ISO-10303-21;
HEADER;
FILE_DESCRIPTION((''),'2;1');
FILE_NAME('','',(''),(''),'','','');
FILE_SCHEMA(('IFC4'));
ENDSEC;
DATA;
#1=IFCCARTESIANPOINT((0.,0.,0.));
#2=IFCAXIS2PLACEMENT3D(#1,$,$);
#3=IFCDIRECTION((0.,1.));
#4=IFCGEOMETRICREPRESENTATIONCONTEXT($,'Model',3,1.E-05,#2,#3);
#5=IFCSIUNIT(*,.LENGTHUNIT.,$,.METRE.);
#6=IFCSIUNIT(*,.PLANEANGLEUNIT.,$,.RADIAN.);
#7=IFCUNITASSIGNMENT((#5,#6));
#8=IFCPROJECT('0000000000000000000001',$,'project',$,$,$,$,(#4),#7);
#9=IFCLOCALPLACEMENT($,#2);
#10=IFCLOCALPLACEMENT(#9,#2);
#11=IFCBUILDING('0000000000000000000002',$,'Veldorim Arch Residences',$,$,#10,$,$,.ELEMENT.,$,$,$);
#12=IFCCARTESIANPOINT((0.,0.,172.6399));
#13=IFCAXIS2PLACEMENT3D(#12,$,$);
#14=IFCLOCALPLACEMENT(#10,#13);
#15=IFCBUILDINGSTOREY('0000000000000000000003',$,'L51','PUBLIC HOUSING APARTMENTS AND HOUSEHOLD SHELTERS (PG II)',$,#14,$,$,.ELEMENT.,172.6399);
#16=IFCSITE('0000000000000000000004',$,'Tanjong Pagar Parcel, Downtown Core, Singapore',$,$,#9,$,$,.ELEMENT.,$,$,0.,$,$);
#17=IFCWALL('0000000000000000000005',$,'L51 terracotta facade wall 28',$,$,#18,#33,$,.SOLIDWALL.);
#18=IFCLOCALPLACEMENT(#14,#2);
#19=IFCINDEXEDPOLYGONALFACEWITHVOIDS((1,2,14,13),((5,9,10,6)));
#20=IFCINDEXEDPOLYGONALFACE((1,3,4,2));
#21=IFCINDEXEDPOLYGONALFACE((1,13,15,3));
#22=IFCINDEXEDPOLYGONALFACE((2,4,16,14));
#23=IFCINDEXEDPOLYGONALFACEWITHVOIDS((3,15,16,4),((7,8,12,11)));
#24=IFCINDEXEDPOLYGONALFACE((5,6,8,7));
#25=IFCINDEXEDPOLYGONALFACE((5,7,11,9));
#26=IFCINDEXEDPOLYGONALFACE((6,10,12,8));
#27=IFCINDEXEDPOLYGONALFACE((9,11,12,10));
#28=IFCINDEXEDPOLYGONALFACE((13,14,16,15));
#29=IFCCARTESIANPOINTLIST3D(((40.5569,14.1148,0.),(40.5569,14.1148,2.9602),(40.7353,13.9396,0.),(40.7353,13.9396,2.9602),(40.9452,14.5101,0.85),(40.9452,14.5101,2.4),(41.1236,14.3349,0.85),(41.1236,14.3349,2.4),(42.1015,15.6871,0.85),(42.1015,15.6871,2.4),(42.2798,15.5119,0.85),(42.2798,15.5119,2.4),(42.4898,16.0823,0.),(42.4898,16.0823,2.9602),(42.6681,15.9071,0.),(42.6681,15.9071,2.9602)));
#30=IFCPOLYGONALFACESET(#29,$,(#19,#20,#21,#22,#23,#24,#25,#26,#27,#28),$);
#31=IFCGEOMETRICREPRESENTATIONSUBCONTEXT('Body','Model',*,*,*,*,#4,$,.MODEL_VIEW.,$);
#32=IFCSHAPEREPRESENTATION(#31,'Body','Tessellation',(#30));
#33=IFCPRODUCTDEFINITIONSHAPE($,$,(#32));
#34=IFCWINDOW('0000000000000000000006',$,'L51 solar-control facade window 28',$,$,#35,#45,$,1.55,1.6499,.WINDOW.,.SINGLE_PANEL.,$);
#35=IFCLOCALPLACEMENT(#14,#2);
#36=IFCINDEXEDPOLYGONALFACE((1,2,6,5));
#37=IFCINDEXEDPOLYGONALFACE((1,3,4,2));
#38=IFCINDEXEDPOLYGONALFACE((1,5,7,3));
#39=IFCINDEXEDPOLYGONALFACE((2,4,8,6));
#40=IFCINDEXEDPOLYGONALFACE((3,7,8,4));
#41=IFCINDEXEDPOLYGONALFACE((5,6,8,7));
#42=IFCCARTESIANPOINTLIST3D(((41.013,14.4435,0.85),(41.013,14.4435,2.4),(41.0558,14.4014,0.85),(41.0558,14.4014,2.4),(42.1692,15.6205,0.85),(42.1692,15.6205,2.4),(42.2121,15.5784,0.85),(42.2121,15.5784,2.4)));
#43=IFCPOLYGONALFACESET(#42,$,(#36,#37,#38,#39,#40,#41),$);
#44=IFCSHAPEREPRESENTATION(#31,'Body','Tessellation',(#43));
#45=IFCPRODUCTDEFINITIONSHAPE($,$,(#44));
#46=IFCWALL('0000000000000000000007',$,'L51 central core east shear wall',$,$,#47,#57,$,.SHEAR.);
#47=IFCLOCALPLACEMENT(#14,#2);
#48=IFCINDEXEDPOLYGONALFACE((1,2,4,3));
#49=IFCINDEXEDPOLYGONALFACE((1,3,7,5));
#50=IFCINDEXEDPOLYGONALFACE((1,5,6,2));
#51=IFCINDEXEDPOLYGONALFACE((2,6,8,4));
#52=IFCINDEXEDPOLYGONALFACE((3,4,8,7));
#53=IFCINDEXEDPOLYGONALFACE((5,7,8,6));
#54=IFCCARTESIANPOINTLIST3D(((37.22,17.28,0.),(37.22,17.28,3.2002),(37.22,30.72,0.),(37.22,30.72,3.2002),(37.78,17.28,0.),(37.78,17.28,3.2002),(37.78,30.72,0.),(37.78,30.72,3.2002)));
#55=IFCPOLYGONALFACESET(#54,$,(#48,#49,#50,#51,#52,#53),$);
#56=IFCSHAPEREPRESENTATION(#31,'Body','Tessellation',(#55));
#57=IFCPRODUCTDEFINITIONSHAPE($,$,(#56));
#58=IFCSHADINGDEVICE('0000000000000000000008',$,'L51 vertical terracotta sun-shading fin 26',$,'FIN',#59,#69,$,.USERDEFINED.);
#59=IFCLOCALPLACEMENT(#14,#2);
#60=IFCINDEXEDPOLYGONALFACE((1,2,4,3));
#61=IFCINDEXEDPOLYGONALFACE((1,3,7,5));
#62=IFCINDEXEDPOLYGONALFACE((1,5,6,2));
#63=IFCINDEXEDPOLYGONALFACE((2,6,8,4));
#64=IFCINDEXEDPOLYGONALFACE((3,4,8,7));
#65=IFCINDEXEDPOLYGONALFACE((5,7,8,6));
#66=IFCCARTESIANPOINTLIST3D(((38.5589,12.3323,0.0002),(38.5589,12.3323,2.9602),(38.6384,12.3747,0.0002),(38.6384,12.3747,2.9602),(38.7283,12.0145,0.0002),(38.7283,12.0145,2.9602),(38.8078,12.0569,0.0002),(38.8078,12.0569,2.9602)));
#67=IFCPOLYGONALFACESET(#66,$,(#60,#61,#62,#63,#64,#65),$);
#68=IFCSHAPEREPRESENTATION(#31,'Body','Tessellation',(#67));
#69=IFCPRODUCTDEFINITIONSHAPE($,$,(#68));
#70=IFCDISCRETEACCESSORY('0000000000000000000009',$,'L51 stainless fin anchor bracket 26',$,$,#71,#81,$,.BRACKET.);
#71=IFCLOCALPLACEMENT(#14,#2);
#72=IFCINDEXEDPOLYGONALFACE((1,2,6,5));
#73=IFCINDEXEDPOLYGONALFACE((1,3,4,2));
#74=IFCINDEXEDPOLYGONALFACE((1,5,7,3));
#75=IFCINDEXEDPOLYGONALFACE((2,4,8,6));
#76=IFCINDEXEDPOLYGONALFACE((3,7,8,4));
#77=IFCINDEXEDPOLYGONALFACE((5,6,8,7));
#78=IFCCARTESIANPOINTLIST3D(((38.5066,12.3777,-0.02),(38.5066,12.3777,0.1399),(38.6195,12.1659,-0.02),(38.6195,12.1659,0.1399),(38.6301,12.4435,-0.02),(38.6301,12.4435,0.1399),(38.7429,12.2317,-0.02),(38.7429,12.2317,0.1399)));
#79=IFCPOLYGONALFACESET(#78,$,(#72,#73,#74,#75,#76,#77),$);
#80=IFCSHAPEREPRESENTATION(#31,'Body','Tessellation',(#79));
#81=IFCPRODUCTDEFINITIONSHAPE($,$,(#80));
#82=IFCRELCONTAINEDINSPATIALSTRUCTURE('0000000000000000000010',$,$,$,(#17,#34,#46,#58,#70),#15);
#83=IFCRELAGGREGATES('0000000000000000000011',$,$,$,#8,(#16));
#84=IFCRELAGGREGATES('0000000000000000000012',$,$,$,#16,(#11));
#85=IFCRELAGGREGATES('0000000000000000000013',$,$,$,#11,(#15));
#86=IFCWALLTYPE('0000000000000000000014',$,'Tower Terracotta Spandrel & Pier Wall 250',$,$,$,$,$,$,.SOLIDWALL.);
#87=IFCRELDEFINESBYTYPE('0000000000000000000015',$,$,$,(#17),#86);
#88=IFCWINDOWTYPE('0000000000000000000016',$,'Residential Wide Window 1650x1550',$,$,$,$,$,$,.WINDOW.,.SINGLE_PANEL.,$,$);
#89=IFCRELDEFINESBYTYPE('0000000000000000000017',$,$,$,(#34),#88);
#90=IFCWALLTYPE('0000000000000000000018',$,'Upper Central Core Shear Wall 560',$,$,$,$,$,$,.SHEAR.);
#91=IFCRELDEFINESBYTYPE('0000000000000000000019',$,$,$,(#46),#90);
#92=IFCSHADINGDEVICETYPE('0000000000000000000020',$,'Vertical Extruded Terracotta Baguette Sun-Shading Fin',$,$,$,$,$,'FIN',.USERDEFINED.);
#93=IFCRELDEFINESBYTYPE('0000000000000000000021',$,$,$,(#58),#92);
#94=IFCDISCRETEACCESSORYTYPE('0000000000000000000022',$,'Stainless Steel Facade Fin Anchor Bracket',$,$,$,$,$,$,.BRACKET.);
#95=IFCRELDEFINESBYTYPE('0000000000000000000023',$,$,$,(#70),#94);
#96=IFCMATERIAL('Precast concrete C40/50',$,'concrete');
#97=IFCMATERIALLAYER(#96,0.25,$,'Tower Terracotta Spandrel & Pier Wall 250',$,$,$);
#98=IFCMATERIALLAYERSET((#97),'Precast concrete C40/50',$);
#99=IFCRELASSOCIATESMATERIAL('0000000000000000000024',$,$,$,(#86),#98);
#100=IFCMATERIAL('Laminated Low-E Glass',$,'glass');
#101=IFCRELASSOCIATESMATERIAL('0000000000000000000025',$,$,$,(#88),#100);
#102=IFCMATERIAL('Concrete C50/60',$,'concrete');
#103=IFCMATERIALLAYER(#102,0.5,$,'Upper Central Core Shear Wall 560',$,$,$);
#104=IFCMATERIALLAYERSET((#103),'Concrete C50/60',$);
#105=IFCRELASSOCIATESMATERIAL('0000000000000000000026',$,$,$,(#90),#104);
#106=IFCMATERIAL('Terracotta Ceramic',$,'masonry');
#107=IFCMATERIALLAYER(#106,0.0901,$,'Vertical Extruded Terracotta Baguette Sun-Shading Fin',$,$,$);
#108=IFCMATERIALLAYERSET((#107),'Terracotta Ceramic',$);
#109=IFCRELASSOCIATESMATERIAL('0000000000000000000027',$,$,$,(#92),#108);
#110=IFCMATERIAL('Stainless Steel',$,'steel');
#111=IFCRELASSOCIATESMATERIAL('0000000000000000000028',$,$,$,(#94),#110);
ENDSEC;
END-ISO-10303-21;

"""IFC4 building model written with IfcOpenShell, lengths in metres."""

from ifc_helpers import new_model, si_unit, direction, frame, frame_2d, origin, origin_2d, place, context, subcontext, project, spatial, rectangle, extrude, material, layer, layer_set, type_object, element, fill, save


model = new_model("IFC4")

# Units and contexts
model_context = context("Model", 3, precision=1e-05, world=origin(), true_north=direction((0.0, 1.0)))
body_context = subcontext(model_context, "Body", "Model", "MODEL_VIEW")
ifc_project = project(units=[si_unit("LENGTHUNIT", "METRE"), si_unit("PLANEANGLEUNIT", "RADIAN")], contexts=[model_context])

# Site, building, storey
site_placement = place(None, origin())
site = spatial("IfcSite", under=ifc_project, at=site_placement, Name="Tanjong Pagar Parcel, Downtown Core, Singapore", CompositionType="ELEMENT", RefElevation=0.0)
building_placement = place(site_placement, origin())
building = spatial("IfcBuilding", under=site, at=building_placement, Name="Veldorim Arch Residences", CompositionType="ELEMENT")
storey_placement = place(building_placement, frame((0.0, 0.0, 172.6399)))
storey = spatial("IfcBuildingStorey", under=building, at=storey_placement, Name="L51", Description="PUBLIC HOUSING APARTMENTS AND HOUSEHOLD SHELTERS (PG II)", CompositionType="ELEMENT", Elevation=172.6399)

# Shared definitions
ifc_material_1 = material(Name="Precast concrete C40/50", Category="concrete")
ifc_layer_1 = layer(ifc_material_1, 0.25, Name="Tower Terracotta Spandrel & Pier Wall 250")
ifc_layer_set_1 = layer_set([ifc_layer_1], Name="Precast concrete C40/50")
wall_type_1 = type_object("IfcWallType", Name="Tower Terracotta Spandrel & Pier Wall 250", PredefinedType="SOLIDWALL", material=ifc_layer_set_1)

# Wall, opening, window
wall_1_placement = place(storey_placement, frame((42.5789, 15.9946, 0.0), z_axis=(0.0, 0.0, 1.0), x_axis=(-0.700794, -0.713364, 0.0)))
wall_1 = element("IfcWall", 1, at=wall_1_placement, inside=storey, type_object=wall_type_1, Name="L51 terracotta facade wall 28", PredefinedType="SOLIDWALL", context=body_context, shape_type="SweptSolid", body=[
    extrude(rectangle(XDim=2.7581, YDim=0.25, at=frame_2d((1.3789, 0.0))), origin(), (0.0, 0.0, 1.0), 2.9602),
])
opening_1_placement = place(wall_1_placement, frame((0.554, 0.0, 0.8501)))
opening_1 = element("IfcOpeningElement", 2, at=opening_1_placement, cuts=wall_1, PredefinedType="OPENING", context=body_context, shape_type="SweptSolid", body=[
    extrude(rectangle(XDim=1.6499, YDim=1.55, at=frame_2d((0.825, 0.7749))), frame((0.0, 0.135, 0.0), z_axis=(0.0, -1.0, 0.0), x_axis=(1.0, 0.0, 0.0)), (0.0, 0.0, 1.0), 0.27),
])
ifc_material_2 = material(Name="Laminated Low-E Glass", Category="glass")
window_type = type_object("IfcWindowType", Name="Residential Wide Window 1650x1550", PartitioningType="SINGLE_PANEL", PredefinedType="WINDOW", material=ifc_material_2)
window_placement = place(opening_1_placement, origin())
window = element("IfcWindow", 3, at=window_placement, inside=storey, type_object=window_type, Name="L51 solar-control facade window 28", OverallHeight=1.55, OverallWidth=1.6499, PartitioningType="SINGLE_PANEL", PredefinedType="WINDOW", context=body_context, shape_type="SweptSolid", body=[
    extrude(rectangle(XDim=1.6499, YDim=1.55, at=frame_2d((0.825, 0.7749))), frame((0.0, 0.03, 0.0), z_axis=(0.0, -1.0, 0.0), x_axis=(1.0, 0.0, 0.0)), (0.0, 0.0, 1.0), 0.0601),
])
fill(opening_1, window)

# Wall
ifc_material_3 = material(Name="Concrete C50/60", Category="concrete")
ifc_layer_2 = layer(ifc_material_3, 0.5, Name="Upper Central Core Shear Wall 560")
ifc_layer_set_2 = layer_set([ifc_layer_2], Name="Concrete C50/60")
wall_type_2 = type_object("IfcWallType", Name="Upper Central Core Shear Wall 560", PredefinedType="SHEAR", material=ifc_layer_set_2)
wall_2_placement = place(storey_placement, frame((37.5, 17.28, 0.0), z_axis=(0.0, 0.0, 1.0), x_axis=(0.0, 1.0, 0.0)))
element("IfcWall", 4, at=wall_2_placement, inside=storey, type_object=wall_type_2, Name="L51 central core east shear wall", PredefinedType="SHEAR", context=body_context, shape_type="SweptSolid", body=[
    extrude(rectangle(XDim=13.4399, YDim=0.5601, at=frame_2d((6.72, 0.0))), origin(), (0.0, 0.0, 1.0), 3.2002),
])

# Shading device
ifc_material_4 = material(Name="Terracotta Ceramic", Category="masonry")
ifc_layer_3 = layer(ifc_material_4, 0.0901, Name="Vertical Extruded Terracotta Baguette Sun-Shading Fin")
ifc_layer_set_3 = layer_set([ifc_layer_3], Name="Terracotta Ceramic")
shading_device_type = type_object("IfcShadingDeviceType", Name="Vertical Extruded Terracotta Baguette Sun-Shading Fin", ElementType="FIN", PredefinedType="USERDEFINED", material=ifc_layer_set_3)
shading_device_placement = place(storey_placement, frame((38.6833, 12.1946, 0.0002), z_axis=(0.0, 0.0, 1.0), x_axis=(-0.882538, -0.470242, 0.0)))
element("IfcShadingDevice", 5, at=shading_device_placement, inside=storey, type_object=shading_device_type, Name="L51 vertical terracotta sun-shading fin 26", ObjectType="FIN", PredefinedType="USERDEFINED", context=body_context, shape_type="SweptSolid", body=[
    extrude(rectangle(XDim=0.0901, YDim=0.3601, at=origin_2d()), origin(), (0.0, 0.0, 1.0), 2.96),
])

# Discrete accessory
ifc_material_5 = material(Name="Stainless Steel", Category="steel")
discrete_accessory_type = type_object("IfcDiscreteAccessoryType", Name="Stainless Steel Facade Fin Anchor Bracket", PredefinedType="BRACKET", material=ifc_material_5)
discrete_accessory_placement = place(storey_placement, frame((38.6248, 12.3047, -0.02), z_axis=(0.0, 0.0, 1.0), x_axis=(-0.882538, -0.470242, 0.0)))
element("IfcDiscreteAccessory", 6, at=discrete_accessory_placement, inside=storey, type_object=discrete_accessory_type, Name="L51 stainless fin anchor bracket 26", PredefinedType="BRACKET", context=body_context, shape_type="SweptSolid", body=[
    extrude(rectangle(XDim=0.1399, YDim=0.24, at=origin_2d()), origin(), (0.0, 0.0, 1.0), 0.1599),
])

save(model, "model.ifc")
